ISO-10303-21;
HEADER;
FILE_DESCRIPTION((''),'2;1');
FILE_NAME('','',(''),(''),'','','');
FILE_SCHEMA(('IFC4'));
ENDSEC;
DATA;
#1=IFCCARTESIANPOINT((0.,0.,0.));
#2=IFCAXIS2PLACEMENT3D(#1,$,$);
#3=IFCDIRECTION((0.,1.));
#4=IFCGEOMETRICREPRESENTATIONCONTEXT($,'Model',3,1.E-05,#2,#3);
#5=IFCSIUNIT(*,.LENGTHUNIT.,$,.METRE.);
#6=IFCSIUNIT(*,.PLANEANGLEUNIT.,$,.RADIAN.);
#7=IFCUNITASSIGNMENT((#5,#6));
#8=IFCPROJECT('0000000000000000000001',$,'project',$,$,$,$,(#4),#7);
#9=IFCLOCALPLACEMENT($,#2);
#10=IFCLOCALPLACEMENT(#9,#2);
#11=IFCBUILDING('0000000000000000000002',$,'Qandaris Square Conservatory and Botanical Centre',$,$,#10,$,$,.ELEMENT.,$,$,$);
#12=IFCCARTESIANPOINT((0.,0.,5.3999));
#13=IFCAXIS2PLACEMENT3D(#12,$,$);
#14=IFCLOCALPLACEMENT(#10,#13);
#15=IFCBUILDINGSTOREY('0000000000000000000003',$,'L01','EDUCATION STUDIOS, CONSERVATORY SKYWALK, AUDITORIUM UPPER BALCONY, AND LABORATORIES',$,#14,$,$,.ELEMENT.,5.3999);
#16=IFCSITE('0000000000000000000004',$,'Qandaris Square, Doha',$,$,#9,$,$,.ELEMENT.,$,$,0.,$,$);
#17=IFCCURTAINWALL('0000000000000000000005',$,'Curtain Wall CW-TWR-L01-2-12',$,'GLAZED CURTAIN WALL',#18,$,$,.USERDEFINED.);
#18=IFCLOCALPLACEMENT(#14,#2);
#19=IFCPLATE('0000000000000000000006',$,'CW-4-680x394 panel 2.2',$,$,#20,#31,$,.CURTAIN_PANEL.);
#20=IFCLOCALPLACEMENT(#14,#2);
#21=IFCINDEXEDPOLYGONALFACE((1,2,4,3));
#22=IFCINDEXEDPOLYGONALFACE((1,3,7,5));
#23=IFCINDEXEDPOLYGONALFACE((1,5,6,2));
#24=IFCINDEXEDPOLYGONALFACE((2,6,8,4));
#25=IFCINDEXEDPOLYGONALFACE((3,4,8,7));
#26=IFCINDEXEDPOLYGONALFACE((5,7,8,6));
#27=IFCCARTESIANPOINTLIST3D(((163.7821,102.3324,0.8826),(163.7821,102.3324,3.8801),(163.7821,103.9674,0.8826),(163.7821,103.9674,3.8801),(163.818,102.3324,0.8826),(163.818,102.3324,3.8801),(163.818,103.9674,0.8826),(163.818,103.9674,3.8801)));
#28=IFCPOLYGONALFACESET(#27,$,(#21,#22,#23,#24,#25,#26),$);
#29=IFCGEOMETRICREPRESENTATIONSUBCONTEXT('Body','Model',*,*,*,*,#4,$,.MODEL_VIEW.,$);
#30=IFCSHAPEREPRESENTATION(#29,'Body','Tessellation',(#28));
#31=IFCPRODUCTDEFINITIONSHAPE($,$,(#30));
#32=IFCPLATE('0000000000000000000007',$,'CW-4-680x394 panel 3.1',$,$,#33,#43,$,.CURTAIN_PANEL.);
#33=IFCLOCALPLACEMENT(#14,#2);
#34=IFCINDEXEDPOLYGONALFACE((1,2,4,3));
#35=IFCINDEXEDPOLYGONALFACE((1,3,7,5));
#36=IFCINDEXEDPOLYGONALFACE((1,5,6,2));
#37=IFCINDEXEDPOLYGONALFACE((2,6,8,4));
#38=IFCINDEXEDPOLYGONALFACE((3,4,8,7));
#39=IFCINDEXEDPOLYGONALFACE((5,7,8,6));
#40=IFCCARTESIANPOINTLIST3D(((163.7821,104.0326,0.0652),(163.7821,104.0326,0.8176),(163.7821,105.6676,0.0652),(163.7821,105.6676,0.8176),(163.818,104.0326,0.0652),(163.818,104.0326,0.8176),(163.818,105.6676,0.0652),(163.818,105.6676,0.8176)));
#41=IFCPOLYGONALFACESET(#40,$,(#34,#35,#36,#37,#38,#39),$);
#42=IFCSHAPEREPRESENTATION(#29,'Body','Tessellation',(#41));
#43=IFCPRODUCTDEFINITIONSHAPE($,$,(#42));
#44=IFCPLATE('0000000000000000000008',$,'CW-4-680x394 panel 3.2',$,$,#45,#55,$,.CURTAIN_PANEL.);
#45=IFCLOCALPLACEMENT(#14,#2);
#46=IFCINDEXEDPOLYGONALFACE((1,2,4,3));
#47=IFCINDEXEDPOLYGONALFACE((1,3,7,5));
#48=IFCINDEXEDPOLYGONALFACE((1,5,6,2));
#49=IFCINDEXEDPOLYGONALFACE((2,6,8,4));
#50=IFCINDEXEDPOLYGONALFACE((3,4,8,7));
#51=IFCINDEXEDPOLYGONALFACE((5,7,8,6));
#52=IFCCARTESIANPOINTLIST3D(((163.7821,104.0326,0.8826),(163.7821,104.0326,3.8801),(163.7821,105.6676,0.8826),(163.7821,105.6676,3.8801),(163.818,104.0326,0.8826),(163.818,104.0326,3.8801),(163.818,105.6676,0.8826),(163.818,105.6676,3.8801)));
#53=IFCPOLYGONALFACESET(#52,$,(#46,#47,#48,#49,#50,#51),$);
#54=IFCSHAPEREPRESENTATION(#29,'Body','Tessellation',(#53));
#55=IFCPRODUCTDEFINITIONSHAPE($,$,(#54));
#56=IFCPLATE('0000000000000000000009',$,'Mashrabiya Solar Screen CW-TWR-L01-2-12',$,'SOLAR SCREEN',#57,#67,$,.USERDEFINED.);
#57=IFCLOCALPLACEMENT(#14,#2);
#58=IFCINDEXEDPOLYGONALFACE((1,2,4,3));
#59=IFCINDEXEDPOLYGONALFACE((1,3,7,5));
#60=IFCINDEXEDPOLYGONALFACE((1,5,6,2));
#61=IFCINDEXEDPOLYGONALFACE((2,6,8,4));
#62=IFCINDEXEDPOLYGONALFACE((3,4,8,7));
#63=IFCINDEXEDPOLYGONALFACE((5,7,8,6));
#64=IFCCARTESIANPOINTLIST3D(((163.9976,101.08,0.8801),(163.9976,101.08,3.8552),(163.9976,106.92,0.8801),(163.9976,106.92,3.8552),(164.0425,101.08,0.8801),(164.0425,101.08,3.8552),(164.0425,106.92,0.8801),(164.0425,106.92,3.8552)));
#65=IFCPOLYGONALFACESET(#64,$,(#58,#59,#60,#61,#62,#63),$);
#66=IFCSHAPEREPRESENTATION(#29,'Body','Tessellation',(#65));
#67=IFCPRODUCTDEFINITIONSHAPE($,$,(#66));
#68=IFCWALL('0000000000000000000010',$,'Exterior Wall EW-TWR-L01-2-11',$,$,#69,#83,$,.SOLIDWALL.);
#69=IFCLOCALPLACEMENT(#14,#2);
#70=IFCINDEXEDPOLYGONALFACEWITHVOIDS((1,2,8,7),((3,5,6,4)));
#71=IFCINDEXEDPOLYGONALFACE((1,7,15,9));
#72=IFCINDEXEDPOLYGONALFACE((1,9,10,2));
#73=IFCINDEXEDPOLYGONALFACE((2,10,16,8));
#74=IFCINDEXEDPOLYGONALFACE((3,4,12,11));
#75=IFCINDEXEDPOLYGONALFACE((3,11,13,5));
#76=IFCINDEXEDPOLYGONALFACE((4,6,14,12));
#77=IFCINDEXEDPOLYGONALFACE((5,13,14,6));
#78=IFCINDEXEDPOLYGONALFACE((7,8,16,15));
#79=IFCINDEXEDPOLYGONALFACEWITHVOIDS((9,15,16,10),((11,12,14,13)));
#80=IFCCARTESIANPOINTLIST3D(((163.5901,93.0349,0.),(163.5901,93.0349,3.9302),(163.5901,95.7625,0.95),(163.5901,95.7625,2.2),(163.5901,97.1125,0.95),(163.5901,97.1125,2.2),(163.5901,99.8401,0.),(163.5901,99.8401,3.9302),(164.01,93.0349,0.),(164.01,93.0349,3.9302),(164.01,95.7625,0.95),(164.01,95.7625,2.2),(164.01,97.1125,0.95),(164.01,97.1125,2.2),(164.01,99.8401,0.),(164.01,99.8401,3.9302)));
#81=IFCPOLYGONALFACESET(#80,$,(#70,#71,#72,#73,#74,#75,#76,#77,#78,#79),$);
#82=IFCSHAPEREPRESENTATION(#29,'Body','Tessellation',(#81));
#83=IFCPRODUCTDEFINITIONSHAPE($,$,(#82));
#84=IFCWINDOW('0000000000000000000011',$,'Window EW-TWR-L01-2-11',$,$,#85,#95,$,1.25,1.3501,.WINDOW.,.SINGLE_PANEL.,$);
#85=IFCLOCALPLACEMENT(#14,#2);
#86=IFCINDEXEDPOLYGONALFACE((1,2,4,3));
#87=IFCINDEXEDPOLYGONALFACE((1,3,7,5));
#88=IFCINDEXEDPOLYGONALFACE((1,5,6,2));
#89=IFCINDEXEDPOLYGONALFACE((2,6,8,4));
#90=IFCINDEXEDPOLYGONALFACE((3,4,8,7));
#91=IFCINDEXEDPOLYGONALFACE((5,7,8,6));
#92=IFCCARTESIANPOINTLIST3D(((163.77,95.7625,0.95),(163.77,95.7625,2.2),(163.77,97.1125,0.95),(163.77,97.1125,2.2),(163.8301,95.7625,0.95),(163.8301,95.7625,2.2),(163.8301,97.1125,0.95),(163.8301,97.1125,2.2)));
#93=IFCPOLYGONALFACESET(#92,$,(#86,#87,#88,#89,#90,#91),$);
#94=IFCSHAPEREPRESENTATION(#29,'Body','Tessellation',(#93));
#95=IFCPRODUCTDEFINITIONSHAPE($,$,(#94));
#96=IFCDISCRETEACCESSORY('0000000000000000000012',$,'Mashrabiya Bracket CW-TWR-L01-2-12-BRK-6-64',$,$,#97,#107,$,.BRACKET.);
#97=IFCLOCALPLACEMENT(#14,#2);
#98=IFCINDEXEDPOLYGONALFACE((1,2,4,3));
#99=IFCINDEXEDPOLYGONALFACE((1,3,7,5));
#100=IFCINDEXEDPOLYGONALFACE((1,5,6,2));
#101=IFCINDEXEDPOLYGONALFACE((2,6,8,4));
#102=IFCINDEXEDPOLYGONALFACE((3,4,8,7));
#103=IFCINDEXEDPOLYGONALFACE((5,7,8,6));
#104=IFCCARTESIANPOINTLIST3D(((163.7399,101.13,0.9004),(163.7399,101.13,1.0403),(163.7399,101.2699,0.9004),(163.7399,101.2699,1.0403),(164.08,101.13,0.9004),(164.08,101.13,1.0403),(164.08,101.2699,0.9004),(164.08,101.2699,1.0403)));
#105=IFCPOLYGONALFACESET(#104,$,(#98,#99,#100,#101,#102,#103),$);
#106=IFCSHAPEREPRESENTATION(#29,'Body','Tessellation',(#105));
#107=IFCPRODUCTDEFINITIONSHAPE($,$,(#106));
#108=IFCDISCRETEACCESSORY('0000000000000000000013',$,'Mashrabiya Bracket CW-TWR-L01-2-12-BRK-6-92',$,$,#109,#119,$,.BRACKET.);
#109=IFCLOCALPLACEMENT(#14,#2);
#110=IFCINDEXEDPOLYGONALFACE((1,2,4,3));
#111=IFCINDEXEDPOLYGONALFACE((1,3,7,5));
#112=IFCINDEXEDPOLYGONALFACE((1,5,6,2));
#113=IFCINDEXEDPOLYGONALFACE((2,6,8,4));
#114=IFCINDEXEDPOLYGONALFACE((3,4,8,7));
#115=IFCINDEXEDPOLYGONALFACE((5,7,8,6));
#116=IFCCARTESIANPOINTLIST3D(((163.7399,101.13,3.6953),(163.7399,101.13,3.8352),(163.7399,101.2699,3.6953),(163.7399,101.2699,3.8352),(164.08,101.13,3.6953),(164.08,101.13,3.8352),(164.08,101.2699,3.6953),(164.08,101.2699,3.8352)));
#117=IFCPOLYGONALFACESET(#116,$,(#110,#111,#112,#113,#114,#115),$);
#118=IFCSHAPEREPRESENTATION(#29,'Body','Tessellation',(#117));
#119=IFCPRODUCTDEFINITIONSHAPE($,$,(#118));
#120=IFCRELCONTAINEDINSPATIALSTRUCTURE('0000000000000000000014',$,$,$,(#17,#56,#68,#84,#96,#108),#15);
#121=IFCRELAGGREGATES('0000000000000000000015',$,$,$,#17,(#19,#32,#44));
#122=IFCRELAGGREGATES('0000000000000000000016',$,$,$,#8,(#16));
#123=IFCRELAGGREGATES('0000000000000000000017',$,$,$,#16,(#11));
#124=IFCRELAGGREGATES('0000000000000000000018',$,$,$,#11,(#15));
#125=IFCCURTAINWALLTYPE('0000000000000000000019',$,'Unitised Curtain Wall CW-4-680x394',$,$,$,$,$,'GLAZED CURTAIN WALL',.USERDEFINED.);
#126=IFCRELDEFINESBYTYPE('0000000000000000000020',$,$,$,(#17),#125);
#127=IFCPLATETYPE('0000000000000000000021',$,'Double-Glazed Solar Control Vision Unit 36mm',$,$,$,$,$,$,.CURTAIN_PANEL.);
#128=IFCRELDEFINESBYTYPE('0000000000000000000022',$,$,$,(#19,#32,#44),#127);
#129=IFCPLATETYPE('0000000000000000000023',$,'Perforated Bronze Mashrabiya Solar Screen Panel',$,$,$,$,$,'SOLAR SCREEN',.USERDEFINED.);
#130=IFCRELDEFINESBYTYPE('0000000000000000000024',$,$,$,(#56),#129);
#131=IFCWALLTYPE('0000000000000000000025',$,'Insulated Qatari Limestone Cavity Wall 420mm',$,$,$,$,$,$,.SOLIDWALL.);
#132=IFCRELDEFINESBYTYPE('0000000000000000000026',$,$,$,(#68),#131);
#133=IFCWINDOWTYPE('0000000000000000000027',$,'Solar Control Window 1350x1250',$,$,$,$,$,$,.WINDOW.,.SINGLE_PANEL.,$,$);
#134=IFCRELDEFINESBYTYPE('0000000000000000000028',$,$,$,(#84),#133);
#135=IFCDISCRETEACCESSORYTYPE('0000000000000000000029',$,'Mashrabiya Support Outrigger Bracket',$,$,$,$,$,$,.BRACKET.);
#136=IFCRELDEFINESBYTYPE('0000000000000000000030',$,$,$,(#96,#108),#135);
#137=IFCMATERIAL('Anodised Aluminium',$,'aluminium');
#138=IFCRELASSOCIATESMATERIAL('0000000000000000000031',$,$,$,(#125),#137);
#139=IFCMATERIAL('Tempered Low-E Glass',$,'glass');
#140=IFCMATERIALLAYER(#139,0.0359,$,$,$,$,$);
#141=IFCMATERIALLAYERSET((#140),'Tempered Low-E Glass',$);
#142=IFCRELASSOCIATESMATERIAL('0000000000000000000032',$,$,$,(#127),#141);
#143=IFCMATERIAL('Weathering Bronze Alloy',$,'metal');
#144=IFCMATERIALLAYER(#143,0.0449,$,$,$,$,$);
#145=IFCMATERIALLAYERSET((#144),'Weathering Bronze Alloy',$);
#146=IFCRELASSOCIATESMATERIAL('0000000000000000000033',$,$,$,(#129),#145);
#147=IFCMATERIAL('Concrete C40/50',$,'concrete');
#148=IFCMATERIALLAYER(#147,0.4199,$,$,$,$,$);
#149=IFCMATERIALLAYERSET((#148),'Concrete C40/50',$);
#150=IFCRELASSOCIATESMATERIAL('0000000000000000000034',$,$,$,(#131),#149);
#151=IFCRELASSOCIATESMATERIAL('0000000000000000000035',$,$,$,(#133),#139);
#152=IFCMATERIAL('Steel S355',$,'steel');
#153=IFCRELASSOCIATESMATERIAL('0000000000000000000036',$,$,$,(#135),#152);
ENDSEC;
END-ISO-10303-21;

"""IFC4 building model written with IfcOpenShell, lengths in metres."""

from ifc_helpers import new_model, si_unit, direction, frame, frame_2d, origin, origin_2d, place, context, subcontext, project, spatial, rectangle, extrude, material, layer, layer_set, type_object, element, fill, aggregate, save


model = new_model("IFC4")

# Units and contexts
model_context = context("Model", 3, precision=1e-05, world=origin(), true_north=direction((0.0, 1.0)))
body_context = subcontext(model_context, "Body", "Model", "MODEL_VIEW")
ifc_project = project(units=[si_unit("LENGTHUNIT", "METRE"), si_unit("PLANEANGLEUNIT", "RADIAN")], contexts=[model_context])

# Site, building, storey
site_placement = place(None, origin())
site = spatial("IfcSite", under=ifc_project, at=site_placement, Name="Qandaris Square, Doha", CompositionType="ELEMENT", RefElevation=0.0)
building_placement = place(site_placement, origin())
building = spatial("IfcBuilding", under=site, at=building_placement, Name="Qandaris Square Conservatory and Botanical Centre", CompositionType="ELEMENT")
storey_placement = place(building_placement, frame((0.0, 0.0, 5.3999)))
storey = spatial("IfcBuildingStorey", under=building, at=storey_placement, Name="L01", Description="EDUCATION STUDIOS, CONSERVATORY SKYWALK, AUDITORIUM UPPER BALCONY, AND LABORATORIES", CompositionType="ELEMENT", Elevation=5.3999)

# Shared definitions
ifc_material_1 = material(Name="Concrete C40/50", Category="concrete")

# Curtain wall
ifc_material_2 = material(Name="Anodised Aluminium", Category="aluminium")
curtain_wall_type = type_object("IfcCurtainWallType", Name="Unitised Curtain Wall CW-4-680x394", ElementType="GLAZED CURTAIN WALL", PredefinedType="USERDEFINED", material=ifc_material_2)
curtain_wall_placement = place(storey_placement, origin())
curtain_wall = element("IfcCurtainWall", 1, at=curtain_wall_placement, inside=storey, type_object=curtain_wall_type, Name="Curtain Wall CW-TWR-L01-2-12", ObjectType="GLAZED CURTAIN WALL", PredefinedType="USERDEFINED")

# Shared definitions
ifc_material_3 = material(Name="Steel S355", Category="steel")

# Plates
ifc_material_4 = material(Name="Tempered Low-E Glass", Category="glass")
ifc_layer_1 = layer(ifc_material_4, 0.0359)
ifc_layer_set_1 = layer_set([ifc_layer_1], Name="Tempered Low-E Glass")
plate_type_1 = type_object("IfcPlateType", Name="Double-Glazed Solar Control Vision Unit 36mm", PredefinedType="CURTAIN_PANEL", material=ifc_layer_set_1)
plate_1_placement = place(storey_placement, frame((163.8, 103.1499, 0.8826), z_axis=(0.0, 0.0, 1.0), x_axis=(0.0, 1.0, 0.0)))
plate_1 = element("IfcPlate", 2, at=plate_1_placement, type_object=plate_type_1, Name="CW-4-680x394 panel 2.2", PredefinedType="CURTAIN_PANEL", context=body_context, shape_type="SweptSolid", body=[
    extrude(rectangle(XDim=1.635, YDim=0.0359, at=origin_2d()), origin(), (0.0, 0.0, 1.0), 2.9976),
])
plate_2_placement = place(storey_placement, frame((163.8, 104.8501, 0.0652), z_axis=(0.0, 0.0, 1.0), x_axis=(0.0, 1.0, 0.0)))
plate_2 = element("IfcPlate", 3, at=plate_2_placement, type_object=plate_type_1, Name="CW-4-680x394 panel 3.1", PredefinedType="CURTAIN_PANEL", context=body_context, shape_type="SweptSolid", body=[
    extrude(rectangle(XDim=1.635, YDim=0.0359, at=origin_2d()), origin(), (0.0, 0.0, 1.0), 0.7524),
])
plate_3_placement = place(storey_placement, frame((163.8, 104.8501, 0.8826), z_axis=(0.0, 0.0, 1.0), x_axis=(0.0, 1.0, 0.0)))
plate_3 = element("IfcPlate", 4, at=plate_3_placement, type_object=plate_type_1, Name="CW-4-680x394 panel 3.2", PredefinedType="CURTAIN_PANEL", context=body_context, shape_type="SweptSolid", body=[
    extrude(rectangle(XDim=1.635, YDim=0.0359, at=origin_2d()), origin(), (0.0, 0.0, 1.0), 2.9976),
])
aggregate(curtain_wall, [plate_1, plate_2, plate_3])
ifc_material_5 = material(Name="Weathering Bronze Alloy", Category="metal")
ifc_layer_2 = layer(ifc_material_5, 0.0449)
ifc_layer_set_2 = layer_set([ifc_layer_2], Name="Weathering Bronze Alloy")
plate_type_2 = type_object("IfcPlateType", Name="Perforated Bronze Mashrabiya Solar Screen Panel", ElementType="SOLAR SCREEN", PredefinedType="USERDEFINED", material=ifc_layer_set_2)
plate_4_placement = place(storey_placement, frame((164.02, 104.0, 0.8801), z_axis=(0.0, 0.0, 1.0), x_axis=(0.0, 1.0, 0.0)))
element("IfcPlate", 5, at=plate_4_placement, inside=storey, type_object=plate_type_2, Name="Mashrabiya Solar Screen CW-TWR-L01-2-12", ObjectType="SOLAR SCREEN", PredefinedType="USERDEFINED", context=body_context, shape_type="SweptSolid", body=[
    extrude(rectangle(XDim=5.8401, YDim=0.0449, at=origin_2d()), origin(), (0.0, 0.0, 1.0), 2.9751),
])

# Wall, opening, window
ifc_layer_3 = layer(ifc_material_1, 0.4199)
ifc_layer_set_3 = layer_set([ifc_layer_3], Name="Concrete C40/50")
wall_type = type_object("IfcWallType", Name="Insulated Qatari Limestone Cavity Wall 420mm", PredefinedType="SOLIDWALL", material=ifc_layer_set_3)
wall_placement = place(storey_placement, frame((163.8, 93.0349, 0.0), z_axis=(0.0, 0.0, 1.0), x_axis=(0.0, 1.0, 0.0)))
wall = element("IfcWall", 6, at=wall_placement, inside=storey, type_object=wall_type, Name="Exterior Wall EW-TWR-L01-2-11", PredefinedType="SOLIDWALL", context=body_context, shape_type="SweptSolid", body=[
    extrude(rectangle(XDim=6.8052, YDim=0.4199, at=frame_2d((3.4026, 0.0))), origin(), (0.0, 0.0, 1.0), 3.9302),
])
opening_placement = place(wall_placement, frame((2.7275, 0.0, 0.95)))
opening = element("IfcOpeningElement", 7, at=opening_placement, cuts=wall, PredefinedType="OPENING", context=body_context, shape_type="SweptSolid", body=[
    extrude(rectangle(XDim=1.3501, YDim=1.25, at=frame_2d((0.675, 0.625))), frame((0.0, 0.2219, 0.0), z_axis=(0.0, -1.0, 0.0), x_axis=(1.0, 0.0, 0.0)), (0.0, 0.0, 1.0), 0.4438),
])
window_type = type_object("IfcWindowType", Name="Solar Control Window 1350x1250", PartitioningType="SINGLE_PANEL", PredefinedType="WINDOW", material=ifc_material_4)
window_placement = place(opening_placement, origin())
window = element("IfcWindow", 8, at=window_placement, inside=storey, type_object=window_type, Name="Window EW-TWR-L01-2-11", OverallHeight=1.25, OverallWidth=1.3501, PartitioningType="SINGLE_PANEL", PredefinedType="WINDOW", context=body_context, shape_type="SweptSolid", body=[
    extrude(rectangle(XDim=1.3501, YDim=1.25, at=frame_2d((0.675, 0.625))), frame((0.0, 0.03, 0.0), z_axis=(0.0, -1.0, 0.0), x_axis=(1.0, 0.0, 0.0)), (0.0, 0.0, 1.0), 0.0601),
])
fill(opening, window)

# Discrete accessories
discrete_accessory_type = type_object("IfcDiscreteAccessoryType", Name="Mashrabiya Support Outrigger Bracket", PredefinedType="BRACKET", material=ifc_material_3)
for number, where, z_axis, x_axis, name in (
    (9, (163.9099, 101.2, 0.9004), (0.0, 0.0, 1.0), (0.0, 1.0, 0.0), "Mashrabiya Bracket CW-TWR-L01-2-12-BRK-6-64"),
    (10, (163.9099, 101.2, 3.6953), (0.0, 0.0, 1.0), (0.0, 1.0, 0.0), "Mashrabiya Bracket CW-TWR-L01-2-12-BRK-6-92"),
):
    element("IfcDiscreteAccessory", number, at=place(storey_placement, frame(where, z_axis=z_axis, x_axis=x_axis)), inside=storey, type_object=discrete_accessory_type, Name=name, PredefinedType="BRACKET", context=body_context, shape_type="SweptSolid", body=[
        extrude(rectangle(XDim=0.1399, YDim=0.3401, at=origin_2d()), origin(), (0.0, 0.0, 1.0), 0.1399),
    ])

save(model, "model.ifc")
